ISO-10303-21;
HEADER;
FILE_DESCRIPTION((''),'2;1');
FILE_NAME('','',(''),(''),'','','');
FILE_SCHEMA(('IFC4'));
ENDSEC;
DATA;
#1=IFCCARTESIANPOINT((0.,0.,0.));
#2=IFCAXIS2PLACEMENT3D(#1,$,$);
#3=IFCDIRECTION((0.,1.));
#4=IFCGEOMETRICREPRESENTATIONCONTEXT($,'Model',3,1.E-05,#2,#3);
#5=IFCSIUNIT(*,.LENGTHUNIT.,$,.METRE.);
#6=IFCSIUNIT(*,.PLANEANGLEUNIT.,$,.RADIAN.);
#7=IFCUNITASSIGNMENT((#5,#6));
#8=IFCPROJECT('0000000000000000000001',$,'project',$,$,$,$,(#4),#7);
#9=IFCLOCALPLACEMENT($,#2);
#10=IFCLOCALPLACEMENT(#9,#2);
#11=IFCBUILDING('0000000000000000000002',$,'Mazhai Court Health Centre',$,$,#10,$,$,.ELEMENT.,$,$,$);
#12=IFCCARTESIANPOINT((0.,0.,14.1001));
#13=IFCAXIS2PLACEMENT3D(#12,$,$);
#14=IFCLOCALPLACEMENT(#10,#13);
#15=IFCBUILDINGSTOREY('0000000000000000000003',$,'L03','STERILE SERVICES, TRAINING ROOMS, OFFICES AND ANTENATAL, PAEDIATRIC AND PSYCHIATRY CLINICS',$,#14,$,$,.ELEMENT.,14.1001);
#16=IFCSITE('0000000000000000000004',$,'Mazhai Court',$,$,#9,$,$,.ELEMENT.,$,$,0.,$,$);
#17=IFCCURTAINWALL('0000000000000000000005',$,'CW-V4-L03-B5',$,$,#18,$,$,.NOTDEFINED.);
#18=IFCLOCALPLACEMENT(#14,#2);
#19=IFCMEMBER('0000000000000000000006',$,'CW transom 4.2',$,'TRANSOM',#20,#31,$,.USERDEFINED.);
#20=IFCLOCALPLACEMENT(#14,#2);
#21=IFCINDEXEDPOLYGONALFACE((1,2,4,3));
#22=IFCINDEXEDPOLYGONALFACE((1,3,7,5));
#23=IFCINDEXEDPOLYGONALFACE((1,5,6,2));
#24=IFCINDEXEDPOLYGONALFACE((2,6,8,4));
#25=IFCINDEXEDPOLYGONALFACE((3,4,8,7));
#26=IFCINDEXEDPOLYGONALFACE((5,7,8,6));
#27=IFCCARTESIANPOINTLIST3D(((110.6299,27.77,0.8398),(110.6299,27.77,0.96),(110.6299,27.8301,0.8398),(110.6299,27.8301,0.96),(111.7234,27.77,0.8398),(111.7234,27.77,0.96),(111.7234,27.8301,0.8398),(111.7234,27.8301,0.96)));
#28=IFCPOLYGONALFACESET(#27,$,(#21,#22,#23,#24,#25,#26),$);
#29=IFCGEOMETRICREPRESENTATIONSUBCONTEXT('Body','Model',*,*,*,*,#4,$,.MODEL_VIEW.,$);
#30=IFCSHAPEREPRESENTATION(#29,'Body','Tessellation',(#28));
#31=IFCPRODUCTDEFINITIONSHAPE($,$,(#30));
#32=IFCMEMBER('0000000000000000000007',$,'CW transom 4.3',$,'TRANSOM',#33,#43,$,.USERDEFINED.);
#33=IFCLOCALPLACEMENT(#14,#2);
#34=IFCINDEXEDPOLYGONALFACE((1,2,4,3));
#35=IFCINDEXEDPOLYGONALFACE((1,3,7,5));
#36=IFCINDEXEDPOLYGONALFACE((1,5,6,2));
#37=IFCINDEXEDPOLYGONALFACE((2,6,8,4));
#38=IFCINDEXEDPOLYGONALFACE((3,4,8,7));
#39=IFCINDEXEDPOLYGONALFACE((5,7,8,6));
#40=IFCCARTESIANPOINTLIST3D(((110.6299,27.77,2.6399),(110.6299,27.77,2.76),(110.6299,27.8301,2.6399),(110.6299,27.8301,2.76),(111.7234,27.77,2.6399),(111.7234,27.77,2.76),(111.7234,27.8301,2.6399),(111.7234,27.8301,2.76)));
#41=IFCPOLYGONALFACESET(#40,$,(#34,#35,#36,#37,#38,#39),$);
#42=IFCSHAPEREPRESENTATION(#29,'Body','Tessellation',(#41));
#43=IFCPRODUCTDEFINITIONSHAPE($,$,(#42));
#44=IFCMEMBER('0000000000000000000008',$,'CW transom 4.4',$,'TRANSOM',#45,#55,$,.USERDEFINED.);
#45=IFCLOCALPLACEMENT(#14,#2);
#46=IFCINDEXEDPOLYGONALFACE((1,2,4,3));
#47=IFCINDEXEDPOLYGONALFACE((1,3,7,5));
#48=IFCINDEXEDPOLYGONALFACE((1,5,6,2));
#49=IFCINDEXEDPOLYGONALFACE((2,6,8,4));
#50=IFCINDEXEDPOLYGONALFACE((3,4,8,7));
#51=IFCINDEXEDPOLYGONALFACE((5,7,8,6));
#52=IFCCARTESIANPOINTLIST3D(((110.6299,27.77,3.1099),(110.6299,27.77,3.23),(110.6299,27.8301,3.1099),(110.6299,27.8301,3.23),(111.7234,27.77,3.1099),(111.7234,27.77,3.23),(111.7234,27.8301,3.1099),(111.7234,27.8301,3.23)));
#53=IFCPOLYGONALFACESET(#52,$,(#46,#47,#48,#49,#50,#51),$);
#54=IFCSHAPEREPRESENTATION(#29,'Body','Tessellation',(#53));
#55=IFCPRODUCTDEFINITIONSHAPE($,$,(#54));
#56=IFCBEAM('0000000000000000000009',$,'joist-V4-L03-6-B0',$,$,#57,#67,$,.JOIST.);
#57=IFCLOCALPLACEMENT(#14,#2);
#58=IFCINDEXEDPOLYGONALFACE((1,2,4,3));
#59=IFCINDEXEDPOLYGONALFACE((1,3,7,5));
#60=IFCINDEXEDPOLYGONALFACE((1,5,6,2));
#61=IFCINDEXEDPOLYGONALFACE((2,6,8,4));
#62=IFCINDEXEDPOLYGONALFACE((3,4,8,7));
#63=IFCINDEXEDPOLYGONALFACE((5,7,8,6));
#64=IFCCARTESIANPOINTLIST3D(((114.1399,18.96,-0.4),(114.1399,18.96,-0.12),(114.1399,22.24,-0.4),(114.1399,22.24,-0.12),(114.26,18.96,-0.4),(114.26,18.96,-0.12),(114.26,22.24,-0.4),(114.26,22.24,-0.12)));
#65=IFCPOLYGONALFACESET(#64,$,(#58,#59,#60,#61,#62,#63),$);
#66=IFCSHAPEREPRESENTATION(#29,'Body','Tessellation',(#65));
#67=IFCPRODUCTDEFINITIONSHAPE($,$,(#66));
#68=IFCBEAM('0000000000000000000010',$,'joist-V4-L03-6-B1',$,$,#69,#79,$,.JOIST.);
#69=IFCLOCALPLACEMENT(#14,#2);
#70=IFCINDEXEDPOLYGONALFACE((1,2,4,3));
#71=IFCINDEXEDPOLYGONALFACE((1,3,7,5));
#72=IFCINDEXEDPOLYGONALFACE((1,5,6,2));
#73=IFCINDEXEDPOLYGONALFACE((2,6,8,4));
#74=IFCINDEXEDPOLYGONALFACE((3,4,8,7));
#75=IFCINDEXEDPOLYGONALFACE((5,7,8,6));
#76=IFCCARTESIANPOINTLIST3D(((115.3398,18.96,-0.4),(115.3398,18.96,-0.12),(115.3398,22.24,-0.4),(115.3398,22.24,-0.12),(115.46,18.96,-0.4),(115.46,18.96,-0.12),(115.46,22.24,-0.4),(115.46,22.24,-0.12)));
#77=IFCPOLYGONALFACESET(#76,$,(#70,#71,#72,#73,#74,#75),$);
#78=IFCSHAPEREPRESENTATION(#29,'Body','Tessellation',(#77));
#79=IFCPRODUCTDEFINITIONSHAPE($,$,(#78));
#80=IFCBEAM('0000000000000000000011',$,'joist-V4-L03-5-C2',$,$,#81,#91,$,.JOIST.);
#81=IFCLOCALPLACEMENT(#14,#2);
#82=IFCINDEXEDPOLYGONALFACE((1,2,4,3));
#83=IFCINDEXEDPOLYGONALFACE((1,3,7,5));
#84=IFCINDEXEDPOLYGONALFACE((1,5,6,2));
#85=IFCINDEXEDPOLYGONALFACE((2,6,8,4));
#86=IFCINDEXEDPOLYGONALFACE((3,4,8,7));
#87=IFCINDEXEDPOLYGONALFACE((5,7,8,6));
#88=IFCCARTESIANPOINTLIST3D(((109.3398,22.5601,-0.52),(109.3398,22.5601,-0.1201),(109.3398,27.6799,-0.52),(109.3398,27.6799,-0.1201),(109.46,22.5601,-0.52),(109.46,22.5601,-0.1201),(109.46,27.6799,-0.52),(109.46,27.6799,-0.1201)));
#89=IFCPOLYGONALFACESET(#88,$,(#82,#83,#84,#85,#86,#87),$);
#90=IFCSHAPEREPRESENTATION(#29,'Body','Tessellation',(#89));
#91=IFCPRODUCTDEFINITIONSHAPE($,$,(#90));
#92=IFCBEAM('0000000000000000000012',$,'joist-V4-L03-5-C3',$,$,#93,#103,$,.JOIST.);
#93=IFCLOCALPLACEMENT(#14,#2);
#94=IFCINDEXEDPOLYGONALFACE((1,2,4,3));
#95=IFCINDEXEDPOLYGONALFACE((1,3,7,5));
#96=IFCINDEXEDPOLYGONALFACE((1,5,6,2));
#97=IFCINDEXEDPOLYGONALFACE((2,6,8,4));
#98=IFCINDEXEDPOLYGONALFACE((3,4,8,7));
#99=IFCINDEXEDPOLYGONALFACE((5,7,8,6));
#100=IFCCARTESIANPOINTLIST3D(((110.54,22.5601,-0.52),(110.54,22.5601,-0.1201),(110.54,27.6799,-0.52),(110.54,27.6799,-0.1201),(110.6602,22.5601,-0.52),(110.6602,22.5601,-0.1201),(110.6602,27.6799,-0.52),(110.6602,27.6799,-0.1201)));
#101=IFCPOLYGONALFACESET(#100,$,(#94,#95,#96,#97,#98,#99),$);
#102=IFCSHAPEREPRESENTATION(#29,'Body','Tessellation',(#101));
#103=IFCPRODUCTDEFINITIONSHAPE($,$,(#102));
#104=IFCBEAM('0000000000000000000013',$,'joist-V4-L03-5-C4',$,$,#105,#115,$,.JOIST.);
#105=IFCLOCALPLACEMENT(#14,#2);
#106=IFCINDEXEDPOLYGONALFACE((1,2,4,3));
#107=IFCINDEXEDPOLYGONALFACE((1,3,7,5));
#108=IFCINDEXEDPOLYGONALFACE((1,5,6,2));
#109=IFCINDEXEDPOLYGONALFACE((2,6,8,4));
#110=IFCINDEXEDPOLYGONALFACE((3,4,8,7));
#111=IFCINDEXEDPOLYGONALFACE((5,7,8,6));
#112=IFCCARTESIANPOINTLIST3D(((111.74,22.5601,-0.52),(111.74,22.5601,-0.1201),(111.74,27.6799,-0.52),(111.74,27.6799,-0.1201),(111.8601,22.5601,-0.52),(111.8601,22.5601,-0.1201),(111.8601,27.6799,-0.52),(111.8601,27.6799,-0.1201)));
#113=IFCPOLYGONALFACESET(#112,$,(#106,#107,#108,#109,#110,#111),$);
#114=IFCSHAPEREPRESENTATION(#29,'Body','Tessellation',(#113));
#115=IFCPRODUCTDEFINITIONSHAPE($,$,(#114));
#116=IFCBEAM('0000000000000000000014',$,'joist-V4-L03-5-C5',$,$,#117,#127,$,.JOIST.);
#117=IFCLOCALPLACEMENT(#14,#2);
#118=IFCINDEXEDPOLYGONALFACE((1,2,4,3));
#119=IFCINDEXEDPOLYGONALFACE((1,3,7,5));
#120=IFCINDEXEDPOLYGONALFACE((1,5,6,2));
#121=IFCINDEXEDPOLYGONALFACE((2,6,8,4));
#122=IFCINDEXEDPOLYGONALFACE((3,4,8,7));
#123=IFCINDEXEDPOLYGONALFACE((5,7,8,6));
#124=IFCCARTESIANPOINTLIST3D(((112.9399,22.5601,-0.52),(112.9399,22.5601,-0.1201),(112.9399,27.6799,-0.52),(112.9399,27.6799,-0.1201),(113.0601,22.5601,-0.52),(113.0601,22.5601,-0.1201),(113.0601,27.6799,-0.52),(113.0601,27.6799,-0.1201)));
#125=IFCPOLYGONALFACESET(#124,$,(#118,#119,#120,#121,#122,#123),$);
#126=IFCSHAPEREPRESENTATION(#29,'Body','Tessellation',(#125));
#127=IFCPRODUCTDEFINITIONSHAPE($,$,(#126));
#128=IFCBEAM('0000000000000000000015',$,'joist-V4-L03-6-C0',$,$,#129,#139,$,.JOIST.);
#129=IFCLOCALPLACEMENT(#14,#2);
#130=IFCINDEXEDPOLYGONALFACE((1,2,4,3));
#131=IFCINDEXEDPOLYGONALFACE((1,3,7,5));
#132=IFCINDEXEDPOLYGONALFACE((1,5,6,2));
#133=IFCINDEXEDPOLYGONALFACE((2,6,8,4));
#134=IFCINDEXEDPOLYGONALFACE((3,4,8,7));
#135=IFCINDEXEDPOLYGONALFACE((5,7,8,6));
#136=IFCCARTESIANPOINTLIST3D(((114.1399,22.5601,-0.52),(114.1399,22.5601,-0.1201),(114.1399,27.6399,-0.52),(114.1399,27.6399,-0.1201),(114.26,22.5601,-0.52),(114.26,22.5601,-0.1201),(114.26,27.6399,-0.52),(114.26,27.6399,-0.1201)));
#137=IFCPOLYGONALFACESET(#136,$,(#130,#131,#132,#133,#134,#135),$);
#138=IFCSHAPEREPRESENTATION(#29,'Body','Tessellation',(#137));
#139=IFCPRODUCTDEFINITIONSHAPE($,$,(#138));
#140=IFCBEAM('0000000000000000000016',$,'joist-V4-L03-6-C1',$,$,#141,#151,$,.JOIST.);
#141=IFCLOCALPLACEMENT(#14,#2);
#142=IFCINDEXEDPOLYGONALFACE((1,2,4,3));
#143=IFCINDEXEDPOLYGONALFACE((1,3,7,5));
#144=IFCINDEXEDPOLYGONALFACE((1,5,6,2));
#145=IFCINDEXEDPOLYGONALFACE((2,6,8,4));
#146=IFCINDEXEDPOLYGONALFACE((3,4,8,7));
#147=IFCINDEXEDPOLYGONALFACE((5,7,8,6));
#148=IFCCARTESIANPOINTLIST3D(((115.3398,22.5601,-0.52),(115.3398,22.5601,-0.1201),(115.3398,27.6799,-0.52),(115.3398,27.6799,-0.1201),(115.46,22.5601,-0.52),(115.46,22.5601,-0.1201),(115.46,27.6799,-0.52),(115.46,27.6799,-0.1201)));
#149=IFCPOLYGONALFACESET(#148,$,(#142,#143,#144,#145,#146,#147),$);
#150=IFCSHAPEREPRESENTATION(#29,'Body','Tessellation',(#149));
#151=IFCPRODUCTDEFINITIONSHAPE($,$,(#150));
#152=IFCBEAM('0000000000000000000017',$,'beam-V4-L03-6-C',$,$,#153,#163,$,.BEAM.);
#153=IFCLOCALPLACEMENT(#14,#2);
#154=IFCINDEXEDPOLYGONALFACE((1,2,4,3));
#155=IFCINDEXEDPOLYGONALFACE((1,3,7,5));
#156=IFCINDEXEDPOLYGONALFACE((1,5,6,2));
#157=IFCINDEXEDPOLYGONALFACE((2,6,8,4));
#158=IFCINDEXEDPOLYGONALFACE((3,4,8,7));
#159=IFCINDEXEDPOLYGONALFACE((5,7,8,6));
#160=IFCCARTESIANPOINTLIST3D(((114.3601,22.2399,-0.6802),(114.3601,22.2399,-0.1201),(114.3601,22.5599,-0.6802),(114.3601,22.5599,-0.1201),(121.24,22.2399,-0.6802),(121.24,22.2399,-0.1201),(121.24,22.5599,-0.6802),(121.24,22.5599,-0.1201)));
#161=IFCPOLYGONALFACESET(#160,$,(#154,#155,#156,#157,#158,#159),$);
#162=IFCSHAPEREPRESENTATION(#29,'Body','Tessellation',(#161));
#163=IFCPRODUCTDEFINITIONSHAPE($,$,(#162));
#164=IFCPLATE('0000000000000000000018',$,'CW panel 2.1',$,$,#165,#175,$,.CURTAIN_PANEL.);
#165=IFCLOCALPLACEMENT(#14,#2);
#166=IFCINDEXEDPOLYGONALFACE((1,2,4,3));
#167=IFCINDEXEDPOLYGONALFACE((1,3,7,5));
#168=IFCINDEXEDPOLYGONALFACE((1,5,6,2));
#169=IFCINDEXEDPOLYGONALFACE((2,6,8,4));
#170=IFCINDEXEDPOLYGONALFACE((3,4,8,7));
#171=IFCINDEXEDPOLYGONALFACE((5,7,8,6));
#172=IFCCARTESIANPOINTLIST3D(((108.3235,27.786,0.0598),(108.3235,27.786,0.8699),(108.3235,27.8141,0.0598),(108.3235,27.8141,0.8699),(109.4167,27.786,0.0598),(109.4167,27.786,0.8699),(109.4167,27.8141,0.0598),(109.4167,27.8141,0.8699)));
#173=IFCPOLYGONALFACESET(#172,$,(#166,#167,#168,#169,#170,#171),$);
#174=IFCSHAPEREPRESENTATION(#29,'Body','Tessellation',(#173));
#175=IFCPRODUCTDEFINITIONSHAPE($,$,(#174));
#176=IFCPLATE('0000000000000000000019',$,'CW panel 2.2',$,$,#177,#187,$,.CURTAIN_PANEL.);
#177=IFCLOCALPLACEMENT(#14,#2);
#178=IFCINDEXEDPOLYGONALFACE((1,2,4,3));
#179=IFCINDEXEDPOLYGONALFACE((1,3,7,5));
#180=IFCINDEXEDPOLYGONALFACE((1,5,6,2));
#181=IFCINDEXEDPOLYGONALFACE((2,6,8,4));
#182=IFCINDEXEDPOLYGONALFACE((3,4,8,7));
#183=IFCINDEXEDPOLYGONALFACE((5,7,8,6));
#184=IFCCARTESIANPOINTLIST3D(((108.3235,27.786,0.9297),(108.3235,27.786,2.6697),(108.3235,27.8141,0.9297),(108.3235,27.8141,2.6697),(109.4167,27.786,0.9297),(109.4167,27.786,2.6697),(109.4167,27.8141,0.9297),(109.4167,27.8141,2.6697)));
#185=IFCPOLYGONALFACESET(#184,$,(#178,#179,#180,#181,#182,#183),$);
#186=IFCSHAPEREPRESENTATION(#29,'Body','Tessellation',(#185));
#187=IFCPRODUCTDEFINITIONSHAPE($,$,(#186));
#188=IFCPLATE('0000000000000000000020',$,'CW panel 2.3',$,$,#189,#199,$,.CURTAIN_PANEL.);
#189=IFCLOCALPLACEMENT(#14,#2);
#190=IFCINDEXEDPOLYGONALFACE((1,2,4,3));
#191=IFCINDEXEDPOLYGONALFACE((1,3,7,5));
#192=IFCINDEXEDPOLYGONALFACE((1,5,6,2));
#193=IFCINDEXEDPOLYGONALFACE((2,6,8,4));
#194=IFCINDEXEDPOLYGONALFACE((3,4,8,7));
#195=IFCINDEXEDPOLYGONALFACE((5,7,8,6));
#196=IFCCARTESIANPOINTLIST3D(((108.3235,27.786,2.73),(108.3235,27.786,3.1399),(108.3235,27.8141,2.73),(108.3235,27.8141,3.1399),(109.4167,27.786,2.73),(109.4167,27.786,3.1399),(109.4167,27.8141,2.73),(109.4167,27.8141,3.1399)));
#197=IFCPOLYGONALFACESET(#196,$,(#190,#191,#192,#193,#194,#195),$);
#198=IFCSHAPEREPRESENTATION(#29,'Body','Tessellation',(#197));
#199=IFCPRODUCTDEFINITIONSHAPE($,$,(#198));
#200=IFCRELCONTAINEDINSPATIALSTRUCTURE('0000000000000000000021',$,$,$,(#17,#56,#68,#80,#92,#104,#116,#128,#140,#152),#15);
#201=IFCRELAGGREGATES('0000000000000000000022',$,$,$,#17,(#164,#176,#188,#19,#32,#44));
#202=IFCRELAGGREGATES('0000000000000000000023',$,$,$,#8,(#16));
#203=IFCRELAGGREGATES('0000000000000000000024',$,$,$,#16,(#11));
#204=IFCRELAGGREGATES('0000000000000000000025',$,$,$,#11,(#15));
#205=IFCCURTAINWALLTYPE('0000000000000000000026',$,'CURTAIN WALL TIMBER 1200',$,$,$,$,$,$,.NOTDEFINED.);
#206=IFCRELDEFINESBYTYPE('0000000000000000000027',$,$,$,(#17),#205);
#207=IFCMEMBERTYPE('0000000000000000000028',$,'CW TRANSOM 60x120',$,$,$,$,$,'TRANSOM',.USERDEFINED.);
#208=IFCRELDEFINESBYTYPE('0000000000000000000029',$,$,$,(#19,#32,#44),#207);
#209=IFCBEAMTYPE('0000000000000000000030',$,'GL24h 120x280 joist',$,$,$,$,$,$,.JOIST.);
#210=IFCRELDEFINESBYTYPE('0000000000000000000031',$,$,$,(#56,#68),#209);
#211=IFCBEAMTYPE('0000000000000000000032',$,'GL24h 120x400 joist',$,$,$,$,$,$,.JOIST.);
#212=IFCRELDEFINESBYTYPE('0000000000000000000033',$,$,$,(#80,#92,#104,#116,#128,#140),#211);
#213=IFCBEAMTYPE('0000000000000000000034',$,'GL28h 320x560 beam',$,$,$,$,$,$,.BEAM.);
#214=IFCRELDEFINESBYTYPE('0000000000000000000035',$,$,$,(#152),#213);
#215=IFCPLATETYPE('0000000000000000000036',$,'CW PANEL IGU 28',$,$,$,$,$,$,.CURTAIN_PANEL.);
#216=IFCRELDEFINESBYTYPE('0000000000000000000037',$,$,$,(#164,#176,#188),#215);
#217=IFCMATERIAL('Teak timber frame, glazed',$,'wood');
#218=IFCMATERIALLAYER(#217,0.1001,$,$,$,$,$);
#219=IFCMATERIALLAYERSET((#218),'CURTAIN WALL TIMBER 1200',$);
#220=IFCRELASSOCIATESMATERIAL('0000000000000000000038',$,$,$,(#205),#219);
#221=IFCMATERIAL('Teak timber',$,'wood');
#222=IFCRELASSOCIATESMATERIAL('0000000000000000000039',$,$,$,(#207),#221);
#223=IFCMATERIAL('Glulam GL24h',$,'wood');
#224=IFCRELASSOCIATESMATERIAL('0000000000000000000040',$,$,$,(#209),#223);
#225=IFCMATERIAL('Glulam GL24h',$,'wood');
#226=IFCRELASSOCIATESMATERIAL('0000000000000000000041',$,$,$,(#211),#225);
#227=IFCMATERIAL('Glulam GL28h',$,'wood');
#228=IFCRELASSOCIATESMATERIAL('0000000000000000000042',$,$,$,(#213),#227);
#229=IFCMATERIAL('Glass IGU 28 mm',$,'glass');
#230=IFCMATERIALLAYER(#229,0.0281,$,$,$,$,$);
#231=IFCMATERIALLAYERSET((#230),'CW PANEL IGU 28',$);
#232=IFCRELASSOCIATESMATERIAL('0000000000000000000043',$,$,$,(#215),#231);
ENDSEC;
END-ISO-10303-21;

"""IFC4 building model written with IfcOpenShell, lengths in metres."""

from ifc_helpers import new_model, si_unit, direction, frame, origin, origin_2d, place, context, subcontext, project, spatial, rectangle, extrude, material, layer, layer_set, material_profile, profile_set, type_object, element, aggregate, save


model = new_model("IFC4")

# Units and contexts
model_context = context("Model", 3, precision=1e-05, world=origin(), true_north=direction((0.0, 1.0)))
body_context = subcontext(model_context, "Body", "Model", "MODEL_VIEW")
ifc_project = project(units=[si_unit("LENGTHUNIT", "METRE"), si_unit("PLANEANGLEUNIT", "RADIAN")], contexts=[model_context])

# Site, building, storey
site_placement = place(None, origin())
site = spatial("IfcSite", under=ifc_project, at=site_placement, Name="Mazhai Court", CompositionType="ELEMENT", RefElevation=0.0)
building_placement = place(site_placement, origin())
building = spatial("IfcBuilding", under=site, at=building_placement, Name="Mazhai Court Health Centre", CompositionType="ELEMENT")
storey_placement = place(building_placement, frame((0.0, 0.0, 14.1001)))
storey = spatial("IfcBuildingStorey", under=building, at=storey_placement, Name="L03", Description="STERILE SERVICES, TRAINING ROOMS, OFFICES AND ANTENATAL, PAEDIATRIC AND PSYCHIATRY CLINICS", CompositionType="ELEMENT", Elevation=14.1001)

# Curtain wall, members
ifc_material_1 = material(Name="Teak timber frame, glazed", Category="wood")
ifc_layer_1 = layer(ifc_material_1, 0.1001)
ifc_layer_set_1 = layer_set([ifc_layer_1], Name="CURTAIN WALL TIMBER 1200")
curtain_wall_type = type_object("IfcCurtainWallType", Name="CURTAIN WALL TIMBER 1200", PredefinedType="NOTDEFINED", material=ifc_layer_set_1)
curtain_wall_placement = place(storey_placement, origin())
curtain_wall = element("IfcCurtainWall", 1, at=curtain_wall_placement, inside=storey, type_object=curtain_wall_type, Name="CW-V4-L03-B5", PredefinedType="NOTDEFINED")
ifc_material_2 = material(Name="Teak timber", Category="wood")
ifc_material_profile_1 = material_profile(ifc_material_2, rectangle(XDim=0.0601, YDim=0.1201, at=origin_2d()), Name="CW TRANSOM 60x120")
ifc_profile_set_1 = profile_set([ifc_material_profile_1], Name="Teak timber")
member_type_1 = type_object("IfcMemberType", Name="CW TRANSOM 60x120", ElementType="TRANSOM", PredefinedType="USERDEFINED", material=ifc_profile_set_1)
member_1_placement = place(storey_placement, frame((110.6299, 27.8, 0.8999), z_axis=(1.0, 0.0, 0.0), x_axis=(0.0, 1.0, 0.0)))
member_1 = element("IfcMember", 2, at=member_1_placement, type_object=member_type_1, Name="CW transom 4.2", ObjectType="TRANSOM", PredefinedType="USERDEFINED", context=body_context, shape_type="SweptSolid", body=[
    extrude(rectangle(XDim=0.0601, YDim=0.1201, at=origin_2d()), origin(), (0.0, 0.0, 1.0), 1.0935),
])
member_2_placement = place(storey_placement, frame((110.6299, 27.8, 2.7), z_axis=(1.0, 0.0, 0.0), x_axis=(0.0, 1.0, 0.0)))
member_2 = element("IfcMember", 3, at=member_2_placement, type_object=member_type_1, Name="CW transom 4.3", ObjectType="TRANSOM", PredefinedType="USERDEFINED", context=body_context, shape_type="SweptSolid", body=[
    extrude(rectangle(XDim=0.0601, YDim=0.1201, at=origin_2d()), origin(), (0.0, 0.0, 1.0), 1.0935),
])
member_3_placement = place(storey_placement, frame((110.6299, 27.8, 3.1699), z_axis=(1.0, 0.0, 0.0), x_axis=(0.0, 1.0, 0.0)))
member_3 = element("IfcMember", 4, at=member_3_placement, type_object=member_type_1, Name="CW transom 4.4", ObjectType="TRANSOM", PredefinedType="USERDEFINED", context=body_context, shape_type="SweptSolid", body=[
    extrude(rectangle(XDim=0.0601, YDim=0.1201, at=origin_2d()), origin(), (0.0, 0.0, 1.0), 1.0935),
])

# Beams
ifc_material_3 = material(Name="Glulam GL24h", Category="wood")
ifc_material_profile_2 = material_profile(ifc_material_3, rectangle(XDim=0.1201, YDim=0.28, at=origin_2d()), Name="GL24h 120x280")
ifc_profile_set_2 = profile_set([ifc_material_profile_2], Name="Glulam GL24h")
beam_type_1 = type_object("IfcBeamType", Name="GL24h 120x280 joist", PredefinedType="JOIST", material=ifc_profile_set_2)
for number, where, z_axis, x_axis, name in (
    (5, (114.2, 18.96, -0.26), (0.0, 1.0, 0.0), (-1.0, 0.0, 0.0), "joist-V4-L03-6-B0"),
    (6, (115.3999, 18.96, -0.26), (0.0, 1.0, 0.0), (-1.0, 0.0, 0.0), "joist-V4-L03-6-B1"),
):
    element("IfcBeam", number, at=place(storey_placement, frame(where, z_axis=z_axis, x_axis=x_axis)), inside=storey, type_object=beam_type_1, Name=name, PredefinedType="JOIST", context=body_context, shape_type="SweptSolid", body=[
        extrude(rectangle(XDim=0.1201, YDim=0.28, at=origin_2d()), origin(), (0.0, 0.0, 1.0), 3.28),
    ])
ifc_material_4 = material(Name="Glulam GL24h", Category="wood")
ifc_material_profile_3 = material_profile(ifc_material_4, rectangle(XDim=0.1201, YDim=0.3999, at=origin_2d()), Name="GL24h 120x400")
ifc_profile_set_3 = profile_set([ifc_material_profile_3], Name="Glulam GL24h")
beam_type_2 = type_object("IfcBeamType", Name="GL24h 120x400 joist", PredefinedType="JOIST", material=ifc_profile_set_3)
for number, where, z_axis, x_axis, name in (
    (7, (109.3999, 22.5601, -0.3201), (0.0, 1.0, 0.0), (-1.0, 0.0, 0.0), "joist-V4-L03-5-C2"),
    (8, (110.6001, 22.5601, -0.3201), (0.0, 1.0, 0.0), (-1.0, 0.0, 0.0), "joist-V4-L03-5-C3"),
    (9, (111.8, 22.5601, -0.3201), (0.0, 1.0, 0.0), (-1.0, 0.0, 0.0), "joist-V4-L03-5-C4"),
    (10, (113.0, 22.5601, -0.3201), (0.0, 1.0, 0.0), (-1.0, 0.0, 0.0), "joist-V4-L03-5-C5"),
):
    element("IfcBeam", number, at=place(storey_placement, frame(where, z_axis=z_axis, x_axis=x_axis)), inside=storey, type_object=beam_type_2, Name=name, PredefinedType="JOIST", context=body_context, shape_type="SweptSolid", body=[
        extrude(rectangle(XDim=0.1201, YDim=0.3999, at=origin_2d()), origin(), (0.0, 0.0, 1.0), 5.1199),
    ])
beam_1_placement = place(storey_placement, frame((114.2, 22.5601, -0.3201), z_axis=(0.0, 1.0, 0.0), x_axis=(-1.0, 0.0, 0.0)))
element("IfcBeam", 11, at=beam_1_placement, inside=storey, type_object=beam_type_2, Name="joist-V4-L03-6-C0", PredefinedType="JOIST", context=body_context, shape_type="SweptSolid", body=[
    extrude(rectangle(XDim=0.1201, YDim=0.3999, at=origin_2d()), origin(), (0.0, 0.0, 1.0), 5.0798),
])
beam_2_placement = place(storey_placement, frame((115.3999, 22.5601, -0.3201), z_axis=(0.0, 1.0, 0.0), x_axis=(-1.0, 0.0, 0.0)))
element("IfcBeam", 12, at=beam_2_placement, inside=storey, type_object=beam_type_2, Name="joist-V4-L03-6-C1", PredefinedType="JOIST", context=body_context, shape_type="SweptSolid", body=[
    extrude(rectangle(XDim=0.1201, YDim=0.3999, at=origin_2d()), origin(), (0.0, 0.0, 1.0), 5.1199),
])
ifc_material_5 = material(Name="Glulam GL28h", Category="wood")
ifc_material_profile_4 = material_profile(ifc_material_5, rectangle(XDim=0.3201, YDim=0.5601, at=origin_2d()), Name="GL28h 320x560")
ifc_profile_set_4 = profile_set([ifc_material_profile_4], Name="Glulam GL28h")
beam_type_3 = type_object("IfcBeamType", Name="GL28h 320x560 beam", PredefinedType="BEAM", material=ifc_profile_set_4)
beam_3_placement = place(storey_placement, frame((114.3601, 22.3999, -0.4001), z_axis=(1.0, 0.0, 0.0), x_axis=(0.0, 1.0, 0.0)))
element("IfcBeam", 13, at=beam_3_placement, inside=storey, type_object=beam_type_3, Name="beam-V4-L03-6-C", PredefinedType="BEAM", context=body_context, shape_type="SweptSolid", body=[
    extrude(rectangle(XDim=0.3201, YDim=0.5601, at=origin_2d()), origin(), (0.0, 0.0, 1.0), 6.8799),
])

# Plates
ifc_material_6 = material(Name="Glass IGU 28 mm", Category="glass")
ifc_layer_2 = layer(ifc_material_6, 0.0281)
ifc_layer_set_2 = layer_set([ifc_layer_2], Name="CW PANEL IGU 28")
plate_type = type_object("IfcPlateType", Name="CW PANEL IGU 28", PredefinedType="CURTAIN_PANEL", material=ifc_layer_set_2)
plate_1_placement = place(storey_placement, frame((108.8701, 27.8, 0.0598), z_axis=(0.0, 0.0, 1.0), x_axis=(1.0, 0.0, 0.0)))
plate_1 = element("IfcPlate", 14, at=plate_1_placement, type_object=plate_type, Name="CW panel 2.1", PredefinedType="CURTAIN_PANEL", context=body_context, shape_type="SweptSolid", body=[
    extrude(rectangle(XDim=1.0933, YDim=0.0281, at=origin_2d()), origin(), (0.0, 0.0, 1.0), 0.8101),
])
plate_2_placement = place(storey_placement, frame((108.8701, 27.8, 0.9297), z_axis=(0.0, 0.0, 1.0), x_axis=(1.0, 0.0, 0.0)))
plate_2 = element("IfcPlate", 15, at=plate_2_placement, type_object=plate_type, Name="CW panel 2.2", PredefinedType="CURTAIN_PANEL", context=body_context, shape_type="SweptSolid", body=[
    extrude(rectangle(XDim=1.0933, YDim=0.0281, at=origin_2d()), origin(), (0.0, 0.0, 1.0), 1.74),
])
plate_3_placement = place(storey_placement, frame((108.8701, 27.8, 2.73), z_axis=(0.0, 0.0, 1.0), x_axis=(1.0, 0.0, 0.0)))
plate_3 = element("IfcPlate", 16, at=plate_3_placement, type_object=plate_type, Name="CW panel 2.3", PredefinedType="CURTAIN_PANEL", context=body_context, shape_type="SweptSolid", body=[
    extrude(rectangle(XDim=1.0933, YDim=0.0281, at=origin_2d()), origin(), (0.0, 0.0, 1.0), 0.4099),
])
aggregate(curtain_wall, [plate_1, plate_2, plate_3, member_1, member_2, member_3])

save(model, "model.ifc")
